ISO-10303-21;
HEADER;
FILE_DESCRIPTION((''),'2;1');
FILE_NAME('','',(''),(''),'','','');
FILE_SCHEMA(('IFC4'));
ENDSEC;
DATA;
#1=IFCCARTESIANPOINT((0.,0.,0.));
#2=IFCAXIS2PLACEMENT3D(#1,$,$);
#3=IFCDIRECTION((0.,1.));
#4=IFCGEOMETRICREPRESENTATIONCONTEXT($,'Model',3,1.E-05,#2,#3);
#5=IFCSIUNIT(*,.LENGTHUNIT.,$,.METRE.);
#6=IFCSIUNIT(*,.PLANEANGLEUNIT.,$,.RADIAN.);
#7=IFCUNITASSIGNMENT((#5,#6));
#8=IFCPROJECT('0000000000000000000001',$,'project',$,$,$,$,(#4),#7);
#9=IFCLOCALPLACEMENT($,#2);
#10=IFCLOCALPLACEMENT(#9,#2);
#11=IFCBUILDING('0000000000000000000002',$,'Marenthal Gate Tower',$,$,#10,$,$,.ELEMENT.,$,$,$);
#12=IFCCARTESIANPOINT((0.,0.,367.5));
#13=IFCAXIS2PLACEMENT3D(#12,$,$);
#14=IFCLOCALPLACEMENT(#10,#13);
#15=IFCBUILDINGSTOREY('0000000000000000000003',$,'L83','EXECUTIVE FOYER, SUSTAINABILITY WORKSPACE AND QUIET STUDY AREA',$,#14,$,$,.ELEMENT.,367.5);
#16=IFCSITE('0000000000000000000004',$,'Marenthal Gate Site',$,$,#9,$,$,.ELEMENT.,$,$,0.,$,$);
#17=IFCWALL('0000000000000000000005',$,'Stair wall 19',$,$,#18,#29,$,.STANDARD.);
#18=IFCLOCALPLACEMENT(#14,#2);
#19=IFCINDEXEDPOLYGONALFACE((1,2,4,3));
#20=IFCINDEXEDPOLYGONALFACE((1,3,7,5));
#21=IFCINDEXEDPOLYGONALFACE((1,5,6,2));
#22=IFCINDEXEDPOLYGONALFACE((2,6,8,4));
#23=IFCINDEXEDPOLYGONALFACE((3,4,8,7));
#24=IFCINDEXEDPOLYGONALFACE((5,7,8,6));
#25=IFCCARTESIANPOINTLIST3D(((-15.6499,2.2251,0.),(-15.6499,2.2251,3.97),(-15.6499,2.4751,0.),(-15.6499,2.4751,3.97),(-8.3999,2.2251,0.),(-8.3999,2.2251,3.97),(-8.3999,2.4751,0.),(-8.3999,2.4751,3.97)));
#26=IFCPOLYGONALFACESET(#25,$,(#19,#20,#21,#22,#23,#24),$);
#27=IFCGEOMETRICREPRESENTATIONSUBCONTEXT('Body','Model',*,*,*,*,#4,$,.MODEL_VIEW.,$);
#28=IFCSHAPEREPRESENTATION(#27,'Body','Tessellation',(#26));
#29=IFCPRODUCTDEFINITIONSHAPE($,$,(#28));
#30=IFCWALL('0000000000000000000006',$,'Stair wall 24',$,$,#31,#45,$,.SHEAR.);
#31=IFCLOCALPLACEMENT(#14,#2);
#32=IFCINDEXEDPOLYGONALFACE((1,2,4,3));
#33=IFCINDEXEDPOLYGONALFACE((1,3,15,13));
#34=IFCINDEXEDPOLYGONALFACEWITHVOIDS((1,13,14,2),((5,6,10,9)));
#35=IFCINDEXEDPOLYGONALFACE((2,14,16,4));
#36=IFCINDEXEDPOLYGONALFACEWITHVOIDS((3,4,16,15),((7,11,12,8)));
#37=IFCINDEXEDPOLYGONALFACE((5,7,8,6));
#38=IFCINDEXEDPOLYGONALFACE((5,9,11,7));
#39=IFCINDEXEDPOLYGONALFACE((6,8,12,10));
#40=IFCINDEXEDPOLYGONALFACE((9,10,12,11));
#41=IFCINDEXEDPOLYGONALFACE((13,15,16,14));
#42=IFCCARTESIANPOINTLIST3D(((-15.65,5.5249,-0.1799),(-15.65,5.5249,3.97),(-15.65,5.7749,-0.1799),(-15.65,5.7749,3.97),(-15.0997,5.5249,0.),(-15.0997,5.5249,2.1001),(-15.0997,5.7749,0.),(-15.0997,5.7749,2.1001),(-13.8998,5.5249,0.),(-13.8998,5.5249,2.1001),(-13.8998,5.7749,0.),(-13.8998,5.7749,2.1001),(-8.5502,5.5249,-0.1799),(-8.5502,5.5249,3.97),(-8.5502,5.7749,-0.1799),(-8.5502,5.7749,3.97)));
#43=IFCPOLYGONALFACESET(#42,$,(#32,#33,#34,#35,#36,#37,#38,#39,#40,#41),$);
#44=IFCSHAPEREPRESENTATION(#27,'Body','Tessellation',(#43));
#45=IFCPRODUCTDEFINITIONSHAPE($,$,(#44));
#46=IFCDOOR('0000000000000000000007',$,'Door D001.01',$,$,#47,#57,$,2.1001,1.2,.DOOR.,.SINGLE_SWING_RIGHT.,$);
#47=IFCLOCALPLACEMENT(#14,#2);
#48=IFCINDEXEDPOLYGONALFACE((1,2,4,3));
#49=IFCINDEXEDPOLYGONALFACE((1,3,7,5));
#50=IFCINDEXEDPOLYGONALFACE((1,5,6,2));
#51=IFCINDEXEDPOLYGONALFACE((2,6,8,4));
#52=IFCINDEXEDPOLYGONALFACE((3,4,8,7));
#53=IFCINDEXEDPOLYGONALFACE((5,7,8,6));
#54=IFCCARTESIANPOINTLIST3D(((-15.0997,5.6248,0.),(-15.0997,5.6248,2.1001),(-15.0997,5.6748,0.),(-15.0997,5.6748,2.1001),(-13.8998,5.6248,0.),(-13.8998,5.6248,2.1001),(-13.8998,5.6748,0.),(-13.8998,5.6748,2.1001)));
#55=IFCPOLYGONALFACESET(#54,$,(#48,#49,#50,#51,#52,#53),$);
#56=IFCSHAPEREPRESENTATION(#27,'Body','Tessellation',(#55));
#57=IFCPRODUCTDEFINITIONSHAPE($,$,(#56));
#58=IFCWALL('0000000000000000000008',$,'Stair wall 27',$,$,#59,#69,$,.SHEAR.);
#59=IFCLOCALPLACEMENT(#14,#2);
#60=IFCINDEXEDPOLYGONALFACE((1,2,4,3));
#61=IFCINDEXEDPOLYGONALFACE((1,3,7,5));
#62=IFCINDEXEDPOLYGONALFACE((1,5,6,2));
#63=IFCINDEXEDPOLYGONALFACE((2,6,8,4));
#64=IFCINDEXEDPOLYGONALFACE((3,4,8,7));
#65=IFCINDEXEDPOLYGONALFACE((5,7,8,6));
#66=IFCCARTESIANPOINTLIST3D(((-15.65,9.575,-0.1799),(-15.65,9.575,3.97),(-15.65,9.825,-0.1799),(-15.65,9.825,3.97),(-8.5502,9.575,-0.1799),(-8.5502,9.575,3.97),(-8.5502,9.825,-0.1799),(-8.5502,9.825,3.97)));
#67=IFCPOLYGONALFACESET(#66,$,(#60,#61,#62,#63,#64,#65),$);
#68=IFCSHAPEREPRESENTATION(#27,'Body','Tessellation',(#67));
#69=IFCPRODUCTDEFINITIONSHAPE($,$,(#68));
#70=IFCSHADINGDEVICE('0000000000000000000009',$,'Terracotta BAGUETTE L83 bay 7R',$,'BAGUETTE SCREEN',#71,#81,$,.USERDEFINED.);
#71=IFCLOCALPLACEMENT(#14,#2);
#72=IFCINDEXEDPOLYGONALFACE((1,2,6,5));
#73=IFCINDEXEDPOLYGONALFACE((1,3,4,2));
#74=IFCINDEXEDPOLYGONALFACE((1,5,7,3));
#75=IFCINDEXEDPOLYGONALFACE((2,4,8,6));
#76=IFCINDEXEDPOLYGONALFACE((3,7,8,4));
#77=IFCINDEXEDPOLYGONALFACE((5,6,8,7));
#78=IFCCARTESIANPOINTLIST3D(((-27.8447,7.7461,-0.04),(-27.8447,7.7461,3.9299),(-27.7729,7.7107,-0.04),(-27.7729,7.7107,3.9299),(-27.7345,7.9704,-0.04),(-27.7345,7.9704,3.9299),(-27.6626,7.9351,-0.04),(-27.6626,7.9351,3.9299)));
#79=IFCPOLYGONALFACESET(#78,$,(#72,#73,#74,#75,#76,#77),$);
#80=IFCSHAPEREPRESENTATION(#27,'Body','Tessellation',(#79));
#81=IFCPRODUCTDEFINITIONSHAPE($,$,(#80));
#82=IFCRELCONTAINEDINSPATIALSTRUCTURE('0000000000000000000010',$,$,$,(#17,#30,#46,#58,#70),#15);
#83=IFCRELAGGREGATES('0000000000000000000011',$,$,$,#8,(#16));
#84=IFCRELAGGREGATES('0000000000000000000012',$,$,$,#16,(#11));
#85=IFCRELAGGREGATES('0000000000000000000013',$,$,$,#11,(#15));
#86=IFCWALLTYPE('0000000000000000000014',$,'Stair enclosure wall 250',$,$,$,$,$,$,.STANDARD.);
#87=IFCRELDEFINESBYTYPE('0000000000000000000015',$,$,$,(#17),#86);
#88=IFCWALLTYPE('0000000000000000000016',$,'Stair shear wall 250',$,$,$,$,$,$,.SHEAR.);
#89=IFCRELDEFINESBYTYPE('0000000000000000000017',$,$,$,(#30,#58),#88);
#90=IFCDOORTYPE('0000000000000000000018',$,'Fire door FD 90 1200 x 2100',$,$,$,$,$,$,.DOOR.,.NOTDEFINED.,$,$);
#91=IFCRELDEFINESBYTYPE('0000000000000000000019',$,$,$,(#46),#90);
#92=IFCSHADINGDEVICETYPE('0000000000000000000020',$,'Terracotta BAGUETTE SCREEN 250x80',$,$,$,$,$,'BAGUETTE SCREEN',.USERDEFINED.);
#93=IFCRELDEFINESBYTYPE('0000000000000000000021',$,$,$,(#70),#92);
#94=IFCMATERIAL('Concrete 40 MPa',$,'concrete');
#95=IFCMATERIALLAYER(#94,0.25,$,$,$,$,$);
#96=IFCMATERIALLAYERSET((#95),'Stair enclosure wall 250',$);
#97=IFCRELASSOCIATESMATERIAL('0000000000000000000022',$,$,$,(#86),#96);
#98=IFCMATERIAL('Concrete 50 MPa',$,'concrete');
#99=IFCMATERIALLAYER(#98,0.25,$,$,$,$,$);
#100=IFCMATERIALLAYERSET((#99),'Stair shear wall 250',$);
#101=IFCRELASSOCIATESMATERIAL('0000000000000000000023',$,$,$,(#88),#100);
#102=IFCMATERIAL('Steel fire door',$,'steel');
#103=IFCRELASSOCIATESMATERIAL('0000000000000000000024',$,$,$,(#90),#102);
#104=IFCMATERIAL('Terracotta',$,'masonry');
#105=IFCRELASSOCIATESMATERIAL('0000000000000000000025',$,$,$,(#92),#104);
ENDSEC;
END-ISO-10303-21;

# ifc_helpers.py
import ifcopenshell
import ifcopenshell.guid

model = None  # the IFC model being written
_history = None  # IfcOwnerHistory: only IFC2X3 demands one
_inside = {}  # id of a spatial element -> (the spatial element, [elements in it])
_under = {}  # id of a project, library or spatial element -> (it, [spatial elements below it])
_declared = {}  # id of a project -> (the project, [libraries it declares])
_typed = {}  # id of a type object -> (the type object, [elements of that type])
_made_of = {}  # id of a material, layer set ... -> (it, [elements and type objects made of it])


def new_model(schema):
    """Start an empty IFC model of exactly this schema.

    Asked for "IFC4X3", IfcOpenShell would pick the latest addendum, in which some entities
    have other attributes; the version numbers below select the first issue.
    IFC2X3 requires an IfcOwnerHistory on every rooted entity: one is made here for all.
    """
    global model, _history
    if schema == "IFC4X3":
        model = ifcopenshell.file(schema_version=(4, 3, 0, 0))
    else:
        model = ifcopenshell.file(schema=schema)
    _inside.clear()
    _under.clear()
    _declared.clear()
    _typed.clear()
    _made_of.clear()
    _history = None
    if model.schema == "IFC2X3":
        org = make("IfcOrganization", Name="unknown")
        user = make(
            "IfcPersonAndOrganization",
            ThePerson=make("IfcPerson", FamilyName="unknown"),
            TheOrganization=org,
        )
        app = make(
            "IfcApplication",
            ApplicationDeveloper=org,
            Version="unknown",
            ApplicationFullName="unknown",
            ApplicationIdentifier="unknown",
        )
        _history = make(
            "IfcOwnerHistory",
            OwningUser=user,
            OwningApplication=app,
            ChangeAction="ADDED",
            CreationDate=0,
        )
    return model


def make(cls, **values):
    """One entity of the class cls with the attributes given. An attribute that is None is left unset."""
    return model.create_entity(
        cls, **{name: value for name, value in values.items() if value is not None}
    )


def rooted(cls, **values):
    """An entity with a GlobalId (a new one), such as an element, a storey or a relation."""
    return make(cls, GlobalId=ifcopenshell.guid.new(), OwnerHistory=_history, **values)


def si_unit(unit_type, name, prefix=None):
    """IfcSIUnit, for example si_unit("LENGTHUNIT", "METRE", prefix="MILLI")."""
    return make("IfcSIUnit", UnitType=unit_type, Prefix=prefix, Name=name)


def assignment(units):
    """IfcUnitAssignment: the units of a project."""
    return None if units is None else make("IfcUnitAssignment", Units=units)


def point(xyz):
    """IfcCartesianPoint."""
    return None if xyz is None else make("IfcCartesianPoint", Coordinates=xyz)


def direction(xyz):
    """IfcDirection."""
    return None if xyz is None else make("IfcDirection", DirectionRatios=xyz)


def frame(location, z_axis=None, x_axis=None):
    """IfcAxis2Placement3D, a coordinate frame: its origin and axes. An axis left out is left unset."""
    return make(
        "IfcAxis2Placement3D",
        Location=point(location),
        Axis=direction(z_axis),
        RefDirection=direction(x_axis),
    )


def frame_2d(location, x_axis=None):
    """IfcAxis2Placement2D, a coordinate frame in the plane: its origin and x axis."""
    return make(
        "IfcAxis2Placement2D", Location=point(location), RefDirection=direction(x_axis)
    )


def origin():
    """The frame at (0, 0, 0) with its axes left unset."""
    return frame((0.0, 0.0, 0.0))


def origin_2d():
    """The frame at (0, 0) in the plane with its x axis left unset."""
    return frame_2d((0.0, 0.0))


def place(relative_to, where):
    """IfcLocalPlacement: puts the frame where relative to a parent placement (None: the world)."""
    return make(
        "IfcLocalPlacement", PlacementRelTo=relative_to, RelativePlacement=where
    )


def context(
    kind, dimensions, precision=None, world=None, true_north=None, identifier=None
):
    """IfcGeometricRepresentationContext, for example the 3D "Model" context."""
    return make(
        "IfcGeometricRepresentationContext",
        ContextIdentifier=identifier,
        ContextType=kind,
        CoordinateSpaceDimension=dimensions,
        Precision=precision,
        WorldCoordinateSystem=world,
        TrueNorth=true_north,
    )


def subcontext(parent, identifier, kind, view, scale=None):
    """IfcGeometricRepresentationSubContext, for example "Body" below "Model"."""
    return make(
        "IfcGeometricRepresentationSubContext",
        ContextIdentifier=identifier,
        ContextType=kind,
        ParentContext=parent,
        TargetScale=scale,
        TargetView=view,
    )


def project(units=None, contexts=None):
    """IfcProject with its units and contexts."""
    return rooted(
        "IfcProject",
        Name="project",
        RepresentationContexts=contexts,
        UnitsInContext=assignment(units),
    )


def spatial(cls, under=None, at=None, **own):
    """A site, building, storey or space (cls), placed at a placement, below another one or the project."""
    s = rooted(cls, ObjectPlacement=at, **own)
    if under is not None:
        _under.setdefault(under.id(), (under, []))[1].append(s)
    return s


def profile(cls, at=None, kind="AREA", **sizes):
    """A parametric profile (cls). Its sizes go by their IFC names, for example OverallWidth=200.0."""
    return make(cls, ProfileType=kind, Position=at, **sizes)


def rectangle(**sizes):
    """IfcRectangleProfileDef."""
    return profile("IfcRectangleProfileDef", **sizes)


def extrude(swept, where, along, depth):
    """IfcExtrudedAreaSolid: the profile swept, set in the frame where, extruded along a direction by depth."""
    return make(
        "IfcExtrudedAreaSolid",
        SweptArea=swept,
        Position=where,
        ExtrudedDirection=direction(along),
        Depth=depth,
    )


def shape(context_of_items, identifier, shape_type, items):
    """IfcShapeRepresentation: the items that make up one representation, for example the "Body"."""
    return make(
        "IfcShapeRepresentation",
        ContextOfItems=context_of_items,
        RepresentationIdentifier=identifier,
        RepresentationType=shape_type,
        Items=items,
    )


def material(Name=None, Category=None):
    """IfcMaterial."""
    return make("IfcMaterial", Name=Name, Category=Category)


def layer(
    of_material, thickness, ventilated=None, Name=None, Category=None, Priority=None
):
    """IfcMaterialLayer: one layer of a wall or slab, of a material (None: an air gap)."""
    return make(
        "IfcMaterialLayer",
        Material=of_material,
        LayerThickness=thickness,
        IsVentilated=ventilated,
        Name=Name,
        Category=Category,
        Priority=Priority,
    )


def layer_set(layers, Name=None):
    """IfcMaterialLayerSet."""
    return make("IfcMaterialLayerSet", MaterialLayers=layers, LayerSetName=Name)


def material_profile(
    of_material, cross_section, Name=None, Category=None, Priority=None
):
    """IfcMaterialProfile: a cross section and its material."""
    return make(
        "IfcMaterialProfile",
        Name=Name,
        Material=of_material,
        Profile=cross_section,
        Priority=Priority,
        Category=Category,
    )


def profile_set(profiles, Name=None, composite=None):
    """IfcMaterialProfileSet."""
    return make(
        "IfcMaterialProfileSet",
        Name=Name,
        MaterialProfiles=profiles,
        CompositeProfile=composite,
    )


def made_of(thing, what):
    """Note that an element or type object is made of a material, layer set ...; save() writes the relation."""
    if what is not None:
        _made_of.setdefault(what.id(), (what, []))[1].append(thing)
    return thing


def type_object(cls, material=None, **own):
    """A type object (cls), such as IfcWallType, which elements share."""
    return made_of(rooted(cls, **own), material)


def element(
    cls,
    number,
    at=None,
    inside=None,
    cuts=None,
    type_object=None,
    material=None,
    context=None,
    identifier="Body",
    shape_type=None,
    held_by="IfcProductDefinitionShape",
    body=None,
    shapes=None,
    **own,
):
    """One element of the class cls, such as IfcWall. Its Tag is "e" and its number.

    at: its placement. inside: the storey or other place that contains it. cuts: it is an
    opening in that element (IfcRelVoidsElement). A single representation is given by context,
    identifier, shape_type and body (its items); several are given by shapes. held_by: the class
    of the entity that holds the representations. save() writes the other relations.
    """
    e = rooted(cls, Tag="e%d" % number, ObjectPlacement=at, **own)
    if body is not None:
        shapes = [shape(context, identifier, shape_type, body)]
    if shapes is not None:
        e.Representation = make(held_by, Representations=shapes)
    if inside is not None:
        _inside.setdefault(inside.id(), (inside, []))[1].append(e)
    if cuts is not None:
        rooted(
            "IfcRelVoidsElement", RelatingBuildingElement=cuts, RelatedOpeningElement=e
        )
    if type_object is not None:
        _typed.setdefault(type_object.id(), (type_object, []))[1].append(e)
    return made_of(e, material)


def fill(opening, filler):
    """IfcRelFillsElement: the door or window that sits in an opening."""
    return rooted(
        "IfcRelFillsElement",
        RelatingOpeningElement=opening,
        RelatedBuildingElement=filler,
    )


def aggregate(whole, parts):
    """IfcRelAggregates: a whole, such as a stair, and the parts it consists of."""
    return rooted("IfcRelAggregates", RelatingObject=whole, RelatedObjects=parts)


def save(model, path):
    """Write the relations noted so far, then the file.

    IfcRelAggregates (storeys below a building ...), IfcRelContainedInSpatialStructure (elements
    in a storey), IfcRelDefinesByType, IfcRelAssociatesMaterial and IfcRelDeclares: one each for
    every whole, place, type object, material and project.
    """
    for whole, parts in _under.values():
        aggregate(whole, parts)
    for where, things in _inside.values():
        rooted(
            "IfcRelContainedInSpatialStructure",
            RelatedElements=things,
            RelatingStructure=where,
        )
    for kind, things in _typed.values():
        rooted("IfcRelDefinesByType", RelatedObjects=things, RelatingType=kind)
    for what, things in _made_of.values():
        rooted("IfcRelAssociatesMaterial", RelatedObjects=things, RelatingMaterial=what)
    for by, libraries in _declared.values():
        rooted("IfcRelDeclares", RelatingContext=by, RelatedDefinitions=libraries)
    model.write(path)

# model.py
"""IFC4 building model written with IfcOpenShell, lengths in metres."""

from ifc_helpers import new_model, si_unit, direction, frame, frame_2d, origin, origin_2d, place, context, subcontext, project, spatial, rectangle, extrude, material, layer, layer_set, material_profile, profile_set, type_object, element, fill, save


model = new_model("IFC4")

# Units and contexts
model_context = context("Model", 3, precision=1e-05, world=origin(), true_north=direction((0.0, 1.0)))
body_context = subcontext(model_context, "Body", "Model", "MODEL_VIEW")
ifc_project = project(units=[si_unit("LENGTHUNIT", "METRE"), si_unit("PLANEANGLEUNIT", "RADIAN")], contexts=[model_context])

# Site, building, storey
site_placement = place(None, origin())
site = spatial("IfcSite", under=ifc_project, at=site_placement, Name="Marenthal Gate Site", CompositionType="ELEMENT", RefElevation=0.0)
building_placement = place(site_placement, origin())
building = spatial("IfcBuilding", under=site, at=building_placement, Name="Marenthal Gate Tower", CompositionType="ELEMENT")
storey_placement = place(building_placement, frame((0.0, 0.0, 367.5)))
storey = spatial("IfcBuildingStorey", under=building, at=storey_placement, Name="L83", Description="EXECUTIVE FOYER, SUSTAINABILITY WORKSPACE AND QUIET STUDY AREA", CompositionType="ELEMENT", Elevation=367.5)

# Wall
ifc_material_1 = material(Name="Concrete 40 MPa", Category="concrete")
ifc_layer_1 = layer(ifc_material_1, 0.25)
ifc_layer_set_1 = layer_set([ifc_layer_1], Name="Stair enclosure wall 250")
wall_type_1 = type_object("IfcWallType", Name="Stair enclosure wall 250", PredefinedType="STANDARD", material=ifc_layer_set_1)
wall_1_placement = place(storey_placement, frame((-15.6499, 2.3501, 0.0), z_axis=(0.0, 0.0, 1.0), x_axis=(1.0, 0.0, 0.0)))
element("IfcWall", 1, at=wall_1_placement, inside=storey, type_object=wall_type_1, Name="Stair wall 19", PredefinedType="STANDARD", context=body_context, shape_type="SweptSolid", body=[
    extrude(rectangle(XDim=7.25, YDim=0.25, at=frame_2d((3.625, 0.0))), origin(), (0.0, 0.0, 1.0), 3.97),
])

# Wall, opening, door
ifc_material_2 = material(Name="Concrete 50 MPa", Category="concrete")
ifc_layer_2 = layer(ifc_material_2, 0.25)
ifc_layer_set_2 = layer_set([ifc_layer_2], Name="Stair shear wall 250")
wall_type_2 = type_object("IfcWallType", Name="Stair shear wall 250", PredefinedType="SHEAR", material=ifc_layer_set_2)
wall_2_placement = place(storey_placement, frame((-15.6499, 5.6499, -0.1799), z_axis=(0.0, 0.0, 1.0), x_axis=(1.0, 0.0, 0.0)))
wall_2 = element("IfcWall", 2, at=wall_2_placement, inside=storey, type_object=wall_type_2, Name="Stair wall 24", PredefinedType="SHEAR", context=body_context, shape_type="SweptSolid", body=[
    extrude(rectangle(XDim=7.0999, YDim=0.25, at=frame_2d((3.5498, 0.0))), origin(), (0.0, 0.0, 1.0), 4.1499),
])
opening_placement = place(wall_2_placement, frame((0.55, 0.0, 0.1799)))
opening = element("IfcOpeningElement", 3, at=opening_placement, cuts=wall_2, PredefinedType="OPENING", context=body_context, shape_type="SweptSolid", body=[
    extrude(rectangle(XDim=1.2, YDim=2.1001, at=frame_2d((0.6001, 1.05))), frame((0.0, 0.135, 0.0), z_axis=(0.0, -1.0, 0.0), x_axis=(1.0, 0.0, 0.0)), (0.0, 0.0, 1.0), 0.27),
])
ifc_material_3 = material(Name="Steel fire door", Category="steel")
door_type = type_object("IfcDoorType", Name="Fire door FD 90 1200 x 2100", OperationType="NOTDEFINED", PredefinedType="DOOR", material=ifc_material_3)
door_placement = place(opening_placement, origin())
door = element("IfcDoor", 4, at=door_placement, inside=storey, type_object=door_type, Name="Door D001.01", OperationType="SINGLE_SWING_RIGHT", OverallHeight=2.1001, OverallWidth=1.2, PredefinedType="DOOR", context=body_context, shape_type="SweptSolid", body=[
    extrude(rectangle(XDim=1.2, YDim=2.1001, at=frame_2d((0.6001, 1.05))), frame((0.0, 0.0249, 0.0), z_axis=(0.0, -1.0, 0.0), x_axis=(1.0, 0.0, 0.0)), (0.0, 0.0, 1.0), 0.05),
])
fill(opening, door)

# Wall
wall_3_placement = place(storey_placement, frame((-15.6499, 9.7, -0.1799), z_axis=(0.0, 0.0, 1.0), x_axis=(1.0, 0.0, 0.0)))
element("IfcWall", 5, at=wall_3_placement, inside=storey, type_object=wall_type_2, Name="Stair wall 27", PredefinedType="SHEAR", context=body_context, shape_type="SweptSolid", body=[
    extrude(rectangle(XDim=7.0999, YDim=0.25, at=frame_2d((3.5498, 0.0))), origin(), (0.0, 0.0, 1.0), 4.1499),
])

# Shading device
ifc_material_4 = material(Name="Terracotta", Category="masonry")
ifc_material_profile_1 = material_profile(ifc_material_4, rectangle(XDim=0.25, YDim=0.0801, at=origin_2d()), Name="Terracotta baguette 250x80")
ifc_profile_set_1 = profile_set([ifc_material_profile_1], Name="Terracotta")
shading_device_type = type_object("IfcShadingDeviceType", Name="Terracotta BAGUETTE SCREEN 250x80", ElementType="BAGUETTE SCREEN", PredefinedType="USERDEFINED", material=ifc_profile_set_1)
shading_device_placement = place(storey_placement, frame((-27.7537, 7.8406, -0.04), z_axis=(0.0, 0.0, 1.0), x_axis=(-0.441063, -0.897476, 0.0)))
element("IfcShadingDevice", 6, at=shading_device_placement, inside=storey, type_object=shading_device_type, Name="Terracotta BAGUETTE L83 bay 7R", ObjectType="BAGUETTE SCREEN", PredefinedType="USERDEFINED", context=body_context, shape_type="SweptSolid", body=[
    extrude(rectangle(XDim=0.25, YDim=0.0801, at=origin_2d()), origin(), (0.0, 0.0, 1.0), 3.97),
])

save(model, "model.ifc")
